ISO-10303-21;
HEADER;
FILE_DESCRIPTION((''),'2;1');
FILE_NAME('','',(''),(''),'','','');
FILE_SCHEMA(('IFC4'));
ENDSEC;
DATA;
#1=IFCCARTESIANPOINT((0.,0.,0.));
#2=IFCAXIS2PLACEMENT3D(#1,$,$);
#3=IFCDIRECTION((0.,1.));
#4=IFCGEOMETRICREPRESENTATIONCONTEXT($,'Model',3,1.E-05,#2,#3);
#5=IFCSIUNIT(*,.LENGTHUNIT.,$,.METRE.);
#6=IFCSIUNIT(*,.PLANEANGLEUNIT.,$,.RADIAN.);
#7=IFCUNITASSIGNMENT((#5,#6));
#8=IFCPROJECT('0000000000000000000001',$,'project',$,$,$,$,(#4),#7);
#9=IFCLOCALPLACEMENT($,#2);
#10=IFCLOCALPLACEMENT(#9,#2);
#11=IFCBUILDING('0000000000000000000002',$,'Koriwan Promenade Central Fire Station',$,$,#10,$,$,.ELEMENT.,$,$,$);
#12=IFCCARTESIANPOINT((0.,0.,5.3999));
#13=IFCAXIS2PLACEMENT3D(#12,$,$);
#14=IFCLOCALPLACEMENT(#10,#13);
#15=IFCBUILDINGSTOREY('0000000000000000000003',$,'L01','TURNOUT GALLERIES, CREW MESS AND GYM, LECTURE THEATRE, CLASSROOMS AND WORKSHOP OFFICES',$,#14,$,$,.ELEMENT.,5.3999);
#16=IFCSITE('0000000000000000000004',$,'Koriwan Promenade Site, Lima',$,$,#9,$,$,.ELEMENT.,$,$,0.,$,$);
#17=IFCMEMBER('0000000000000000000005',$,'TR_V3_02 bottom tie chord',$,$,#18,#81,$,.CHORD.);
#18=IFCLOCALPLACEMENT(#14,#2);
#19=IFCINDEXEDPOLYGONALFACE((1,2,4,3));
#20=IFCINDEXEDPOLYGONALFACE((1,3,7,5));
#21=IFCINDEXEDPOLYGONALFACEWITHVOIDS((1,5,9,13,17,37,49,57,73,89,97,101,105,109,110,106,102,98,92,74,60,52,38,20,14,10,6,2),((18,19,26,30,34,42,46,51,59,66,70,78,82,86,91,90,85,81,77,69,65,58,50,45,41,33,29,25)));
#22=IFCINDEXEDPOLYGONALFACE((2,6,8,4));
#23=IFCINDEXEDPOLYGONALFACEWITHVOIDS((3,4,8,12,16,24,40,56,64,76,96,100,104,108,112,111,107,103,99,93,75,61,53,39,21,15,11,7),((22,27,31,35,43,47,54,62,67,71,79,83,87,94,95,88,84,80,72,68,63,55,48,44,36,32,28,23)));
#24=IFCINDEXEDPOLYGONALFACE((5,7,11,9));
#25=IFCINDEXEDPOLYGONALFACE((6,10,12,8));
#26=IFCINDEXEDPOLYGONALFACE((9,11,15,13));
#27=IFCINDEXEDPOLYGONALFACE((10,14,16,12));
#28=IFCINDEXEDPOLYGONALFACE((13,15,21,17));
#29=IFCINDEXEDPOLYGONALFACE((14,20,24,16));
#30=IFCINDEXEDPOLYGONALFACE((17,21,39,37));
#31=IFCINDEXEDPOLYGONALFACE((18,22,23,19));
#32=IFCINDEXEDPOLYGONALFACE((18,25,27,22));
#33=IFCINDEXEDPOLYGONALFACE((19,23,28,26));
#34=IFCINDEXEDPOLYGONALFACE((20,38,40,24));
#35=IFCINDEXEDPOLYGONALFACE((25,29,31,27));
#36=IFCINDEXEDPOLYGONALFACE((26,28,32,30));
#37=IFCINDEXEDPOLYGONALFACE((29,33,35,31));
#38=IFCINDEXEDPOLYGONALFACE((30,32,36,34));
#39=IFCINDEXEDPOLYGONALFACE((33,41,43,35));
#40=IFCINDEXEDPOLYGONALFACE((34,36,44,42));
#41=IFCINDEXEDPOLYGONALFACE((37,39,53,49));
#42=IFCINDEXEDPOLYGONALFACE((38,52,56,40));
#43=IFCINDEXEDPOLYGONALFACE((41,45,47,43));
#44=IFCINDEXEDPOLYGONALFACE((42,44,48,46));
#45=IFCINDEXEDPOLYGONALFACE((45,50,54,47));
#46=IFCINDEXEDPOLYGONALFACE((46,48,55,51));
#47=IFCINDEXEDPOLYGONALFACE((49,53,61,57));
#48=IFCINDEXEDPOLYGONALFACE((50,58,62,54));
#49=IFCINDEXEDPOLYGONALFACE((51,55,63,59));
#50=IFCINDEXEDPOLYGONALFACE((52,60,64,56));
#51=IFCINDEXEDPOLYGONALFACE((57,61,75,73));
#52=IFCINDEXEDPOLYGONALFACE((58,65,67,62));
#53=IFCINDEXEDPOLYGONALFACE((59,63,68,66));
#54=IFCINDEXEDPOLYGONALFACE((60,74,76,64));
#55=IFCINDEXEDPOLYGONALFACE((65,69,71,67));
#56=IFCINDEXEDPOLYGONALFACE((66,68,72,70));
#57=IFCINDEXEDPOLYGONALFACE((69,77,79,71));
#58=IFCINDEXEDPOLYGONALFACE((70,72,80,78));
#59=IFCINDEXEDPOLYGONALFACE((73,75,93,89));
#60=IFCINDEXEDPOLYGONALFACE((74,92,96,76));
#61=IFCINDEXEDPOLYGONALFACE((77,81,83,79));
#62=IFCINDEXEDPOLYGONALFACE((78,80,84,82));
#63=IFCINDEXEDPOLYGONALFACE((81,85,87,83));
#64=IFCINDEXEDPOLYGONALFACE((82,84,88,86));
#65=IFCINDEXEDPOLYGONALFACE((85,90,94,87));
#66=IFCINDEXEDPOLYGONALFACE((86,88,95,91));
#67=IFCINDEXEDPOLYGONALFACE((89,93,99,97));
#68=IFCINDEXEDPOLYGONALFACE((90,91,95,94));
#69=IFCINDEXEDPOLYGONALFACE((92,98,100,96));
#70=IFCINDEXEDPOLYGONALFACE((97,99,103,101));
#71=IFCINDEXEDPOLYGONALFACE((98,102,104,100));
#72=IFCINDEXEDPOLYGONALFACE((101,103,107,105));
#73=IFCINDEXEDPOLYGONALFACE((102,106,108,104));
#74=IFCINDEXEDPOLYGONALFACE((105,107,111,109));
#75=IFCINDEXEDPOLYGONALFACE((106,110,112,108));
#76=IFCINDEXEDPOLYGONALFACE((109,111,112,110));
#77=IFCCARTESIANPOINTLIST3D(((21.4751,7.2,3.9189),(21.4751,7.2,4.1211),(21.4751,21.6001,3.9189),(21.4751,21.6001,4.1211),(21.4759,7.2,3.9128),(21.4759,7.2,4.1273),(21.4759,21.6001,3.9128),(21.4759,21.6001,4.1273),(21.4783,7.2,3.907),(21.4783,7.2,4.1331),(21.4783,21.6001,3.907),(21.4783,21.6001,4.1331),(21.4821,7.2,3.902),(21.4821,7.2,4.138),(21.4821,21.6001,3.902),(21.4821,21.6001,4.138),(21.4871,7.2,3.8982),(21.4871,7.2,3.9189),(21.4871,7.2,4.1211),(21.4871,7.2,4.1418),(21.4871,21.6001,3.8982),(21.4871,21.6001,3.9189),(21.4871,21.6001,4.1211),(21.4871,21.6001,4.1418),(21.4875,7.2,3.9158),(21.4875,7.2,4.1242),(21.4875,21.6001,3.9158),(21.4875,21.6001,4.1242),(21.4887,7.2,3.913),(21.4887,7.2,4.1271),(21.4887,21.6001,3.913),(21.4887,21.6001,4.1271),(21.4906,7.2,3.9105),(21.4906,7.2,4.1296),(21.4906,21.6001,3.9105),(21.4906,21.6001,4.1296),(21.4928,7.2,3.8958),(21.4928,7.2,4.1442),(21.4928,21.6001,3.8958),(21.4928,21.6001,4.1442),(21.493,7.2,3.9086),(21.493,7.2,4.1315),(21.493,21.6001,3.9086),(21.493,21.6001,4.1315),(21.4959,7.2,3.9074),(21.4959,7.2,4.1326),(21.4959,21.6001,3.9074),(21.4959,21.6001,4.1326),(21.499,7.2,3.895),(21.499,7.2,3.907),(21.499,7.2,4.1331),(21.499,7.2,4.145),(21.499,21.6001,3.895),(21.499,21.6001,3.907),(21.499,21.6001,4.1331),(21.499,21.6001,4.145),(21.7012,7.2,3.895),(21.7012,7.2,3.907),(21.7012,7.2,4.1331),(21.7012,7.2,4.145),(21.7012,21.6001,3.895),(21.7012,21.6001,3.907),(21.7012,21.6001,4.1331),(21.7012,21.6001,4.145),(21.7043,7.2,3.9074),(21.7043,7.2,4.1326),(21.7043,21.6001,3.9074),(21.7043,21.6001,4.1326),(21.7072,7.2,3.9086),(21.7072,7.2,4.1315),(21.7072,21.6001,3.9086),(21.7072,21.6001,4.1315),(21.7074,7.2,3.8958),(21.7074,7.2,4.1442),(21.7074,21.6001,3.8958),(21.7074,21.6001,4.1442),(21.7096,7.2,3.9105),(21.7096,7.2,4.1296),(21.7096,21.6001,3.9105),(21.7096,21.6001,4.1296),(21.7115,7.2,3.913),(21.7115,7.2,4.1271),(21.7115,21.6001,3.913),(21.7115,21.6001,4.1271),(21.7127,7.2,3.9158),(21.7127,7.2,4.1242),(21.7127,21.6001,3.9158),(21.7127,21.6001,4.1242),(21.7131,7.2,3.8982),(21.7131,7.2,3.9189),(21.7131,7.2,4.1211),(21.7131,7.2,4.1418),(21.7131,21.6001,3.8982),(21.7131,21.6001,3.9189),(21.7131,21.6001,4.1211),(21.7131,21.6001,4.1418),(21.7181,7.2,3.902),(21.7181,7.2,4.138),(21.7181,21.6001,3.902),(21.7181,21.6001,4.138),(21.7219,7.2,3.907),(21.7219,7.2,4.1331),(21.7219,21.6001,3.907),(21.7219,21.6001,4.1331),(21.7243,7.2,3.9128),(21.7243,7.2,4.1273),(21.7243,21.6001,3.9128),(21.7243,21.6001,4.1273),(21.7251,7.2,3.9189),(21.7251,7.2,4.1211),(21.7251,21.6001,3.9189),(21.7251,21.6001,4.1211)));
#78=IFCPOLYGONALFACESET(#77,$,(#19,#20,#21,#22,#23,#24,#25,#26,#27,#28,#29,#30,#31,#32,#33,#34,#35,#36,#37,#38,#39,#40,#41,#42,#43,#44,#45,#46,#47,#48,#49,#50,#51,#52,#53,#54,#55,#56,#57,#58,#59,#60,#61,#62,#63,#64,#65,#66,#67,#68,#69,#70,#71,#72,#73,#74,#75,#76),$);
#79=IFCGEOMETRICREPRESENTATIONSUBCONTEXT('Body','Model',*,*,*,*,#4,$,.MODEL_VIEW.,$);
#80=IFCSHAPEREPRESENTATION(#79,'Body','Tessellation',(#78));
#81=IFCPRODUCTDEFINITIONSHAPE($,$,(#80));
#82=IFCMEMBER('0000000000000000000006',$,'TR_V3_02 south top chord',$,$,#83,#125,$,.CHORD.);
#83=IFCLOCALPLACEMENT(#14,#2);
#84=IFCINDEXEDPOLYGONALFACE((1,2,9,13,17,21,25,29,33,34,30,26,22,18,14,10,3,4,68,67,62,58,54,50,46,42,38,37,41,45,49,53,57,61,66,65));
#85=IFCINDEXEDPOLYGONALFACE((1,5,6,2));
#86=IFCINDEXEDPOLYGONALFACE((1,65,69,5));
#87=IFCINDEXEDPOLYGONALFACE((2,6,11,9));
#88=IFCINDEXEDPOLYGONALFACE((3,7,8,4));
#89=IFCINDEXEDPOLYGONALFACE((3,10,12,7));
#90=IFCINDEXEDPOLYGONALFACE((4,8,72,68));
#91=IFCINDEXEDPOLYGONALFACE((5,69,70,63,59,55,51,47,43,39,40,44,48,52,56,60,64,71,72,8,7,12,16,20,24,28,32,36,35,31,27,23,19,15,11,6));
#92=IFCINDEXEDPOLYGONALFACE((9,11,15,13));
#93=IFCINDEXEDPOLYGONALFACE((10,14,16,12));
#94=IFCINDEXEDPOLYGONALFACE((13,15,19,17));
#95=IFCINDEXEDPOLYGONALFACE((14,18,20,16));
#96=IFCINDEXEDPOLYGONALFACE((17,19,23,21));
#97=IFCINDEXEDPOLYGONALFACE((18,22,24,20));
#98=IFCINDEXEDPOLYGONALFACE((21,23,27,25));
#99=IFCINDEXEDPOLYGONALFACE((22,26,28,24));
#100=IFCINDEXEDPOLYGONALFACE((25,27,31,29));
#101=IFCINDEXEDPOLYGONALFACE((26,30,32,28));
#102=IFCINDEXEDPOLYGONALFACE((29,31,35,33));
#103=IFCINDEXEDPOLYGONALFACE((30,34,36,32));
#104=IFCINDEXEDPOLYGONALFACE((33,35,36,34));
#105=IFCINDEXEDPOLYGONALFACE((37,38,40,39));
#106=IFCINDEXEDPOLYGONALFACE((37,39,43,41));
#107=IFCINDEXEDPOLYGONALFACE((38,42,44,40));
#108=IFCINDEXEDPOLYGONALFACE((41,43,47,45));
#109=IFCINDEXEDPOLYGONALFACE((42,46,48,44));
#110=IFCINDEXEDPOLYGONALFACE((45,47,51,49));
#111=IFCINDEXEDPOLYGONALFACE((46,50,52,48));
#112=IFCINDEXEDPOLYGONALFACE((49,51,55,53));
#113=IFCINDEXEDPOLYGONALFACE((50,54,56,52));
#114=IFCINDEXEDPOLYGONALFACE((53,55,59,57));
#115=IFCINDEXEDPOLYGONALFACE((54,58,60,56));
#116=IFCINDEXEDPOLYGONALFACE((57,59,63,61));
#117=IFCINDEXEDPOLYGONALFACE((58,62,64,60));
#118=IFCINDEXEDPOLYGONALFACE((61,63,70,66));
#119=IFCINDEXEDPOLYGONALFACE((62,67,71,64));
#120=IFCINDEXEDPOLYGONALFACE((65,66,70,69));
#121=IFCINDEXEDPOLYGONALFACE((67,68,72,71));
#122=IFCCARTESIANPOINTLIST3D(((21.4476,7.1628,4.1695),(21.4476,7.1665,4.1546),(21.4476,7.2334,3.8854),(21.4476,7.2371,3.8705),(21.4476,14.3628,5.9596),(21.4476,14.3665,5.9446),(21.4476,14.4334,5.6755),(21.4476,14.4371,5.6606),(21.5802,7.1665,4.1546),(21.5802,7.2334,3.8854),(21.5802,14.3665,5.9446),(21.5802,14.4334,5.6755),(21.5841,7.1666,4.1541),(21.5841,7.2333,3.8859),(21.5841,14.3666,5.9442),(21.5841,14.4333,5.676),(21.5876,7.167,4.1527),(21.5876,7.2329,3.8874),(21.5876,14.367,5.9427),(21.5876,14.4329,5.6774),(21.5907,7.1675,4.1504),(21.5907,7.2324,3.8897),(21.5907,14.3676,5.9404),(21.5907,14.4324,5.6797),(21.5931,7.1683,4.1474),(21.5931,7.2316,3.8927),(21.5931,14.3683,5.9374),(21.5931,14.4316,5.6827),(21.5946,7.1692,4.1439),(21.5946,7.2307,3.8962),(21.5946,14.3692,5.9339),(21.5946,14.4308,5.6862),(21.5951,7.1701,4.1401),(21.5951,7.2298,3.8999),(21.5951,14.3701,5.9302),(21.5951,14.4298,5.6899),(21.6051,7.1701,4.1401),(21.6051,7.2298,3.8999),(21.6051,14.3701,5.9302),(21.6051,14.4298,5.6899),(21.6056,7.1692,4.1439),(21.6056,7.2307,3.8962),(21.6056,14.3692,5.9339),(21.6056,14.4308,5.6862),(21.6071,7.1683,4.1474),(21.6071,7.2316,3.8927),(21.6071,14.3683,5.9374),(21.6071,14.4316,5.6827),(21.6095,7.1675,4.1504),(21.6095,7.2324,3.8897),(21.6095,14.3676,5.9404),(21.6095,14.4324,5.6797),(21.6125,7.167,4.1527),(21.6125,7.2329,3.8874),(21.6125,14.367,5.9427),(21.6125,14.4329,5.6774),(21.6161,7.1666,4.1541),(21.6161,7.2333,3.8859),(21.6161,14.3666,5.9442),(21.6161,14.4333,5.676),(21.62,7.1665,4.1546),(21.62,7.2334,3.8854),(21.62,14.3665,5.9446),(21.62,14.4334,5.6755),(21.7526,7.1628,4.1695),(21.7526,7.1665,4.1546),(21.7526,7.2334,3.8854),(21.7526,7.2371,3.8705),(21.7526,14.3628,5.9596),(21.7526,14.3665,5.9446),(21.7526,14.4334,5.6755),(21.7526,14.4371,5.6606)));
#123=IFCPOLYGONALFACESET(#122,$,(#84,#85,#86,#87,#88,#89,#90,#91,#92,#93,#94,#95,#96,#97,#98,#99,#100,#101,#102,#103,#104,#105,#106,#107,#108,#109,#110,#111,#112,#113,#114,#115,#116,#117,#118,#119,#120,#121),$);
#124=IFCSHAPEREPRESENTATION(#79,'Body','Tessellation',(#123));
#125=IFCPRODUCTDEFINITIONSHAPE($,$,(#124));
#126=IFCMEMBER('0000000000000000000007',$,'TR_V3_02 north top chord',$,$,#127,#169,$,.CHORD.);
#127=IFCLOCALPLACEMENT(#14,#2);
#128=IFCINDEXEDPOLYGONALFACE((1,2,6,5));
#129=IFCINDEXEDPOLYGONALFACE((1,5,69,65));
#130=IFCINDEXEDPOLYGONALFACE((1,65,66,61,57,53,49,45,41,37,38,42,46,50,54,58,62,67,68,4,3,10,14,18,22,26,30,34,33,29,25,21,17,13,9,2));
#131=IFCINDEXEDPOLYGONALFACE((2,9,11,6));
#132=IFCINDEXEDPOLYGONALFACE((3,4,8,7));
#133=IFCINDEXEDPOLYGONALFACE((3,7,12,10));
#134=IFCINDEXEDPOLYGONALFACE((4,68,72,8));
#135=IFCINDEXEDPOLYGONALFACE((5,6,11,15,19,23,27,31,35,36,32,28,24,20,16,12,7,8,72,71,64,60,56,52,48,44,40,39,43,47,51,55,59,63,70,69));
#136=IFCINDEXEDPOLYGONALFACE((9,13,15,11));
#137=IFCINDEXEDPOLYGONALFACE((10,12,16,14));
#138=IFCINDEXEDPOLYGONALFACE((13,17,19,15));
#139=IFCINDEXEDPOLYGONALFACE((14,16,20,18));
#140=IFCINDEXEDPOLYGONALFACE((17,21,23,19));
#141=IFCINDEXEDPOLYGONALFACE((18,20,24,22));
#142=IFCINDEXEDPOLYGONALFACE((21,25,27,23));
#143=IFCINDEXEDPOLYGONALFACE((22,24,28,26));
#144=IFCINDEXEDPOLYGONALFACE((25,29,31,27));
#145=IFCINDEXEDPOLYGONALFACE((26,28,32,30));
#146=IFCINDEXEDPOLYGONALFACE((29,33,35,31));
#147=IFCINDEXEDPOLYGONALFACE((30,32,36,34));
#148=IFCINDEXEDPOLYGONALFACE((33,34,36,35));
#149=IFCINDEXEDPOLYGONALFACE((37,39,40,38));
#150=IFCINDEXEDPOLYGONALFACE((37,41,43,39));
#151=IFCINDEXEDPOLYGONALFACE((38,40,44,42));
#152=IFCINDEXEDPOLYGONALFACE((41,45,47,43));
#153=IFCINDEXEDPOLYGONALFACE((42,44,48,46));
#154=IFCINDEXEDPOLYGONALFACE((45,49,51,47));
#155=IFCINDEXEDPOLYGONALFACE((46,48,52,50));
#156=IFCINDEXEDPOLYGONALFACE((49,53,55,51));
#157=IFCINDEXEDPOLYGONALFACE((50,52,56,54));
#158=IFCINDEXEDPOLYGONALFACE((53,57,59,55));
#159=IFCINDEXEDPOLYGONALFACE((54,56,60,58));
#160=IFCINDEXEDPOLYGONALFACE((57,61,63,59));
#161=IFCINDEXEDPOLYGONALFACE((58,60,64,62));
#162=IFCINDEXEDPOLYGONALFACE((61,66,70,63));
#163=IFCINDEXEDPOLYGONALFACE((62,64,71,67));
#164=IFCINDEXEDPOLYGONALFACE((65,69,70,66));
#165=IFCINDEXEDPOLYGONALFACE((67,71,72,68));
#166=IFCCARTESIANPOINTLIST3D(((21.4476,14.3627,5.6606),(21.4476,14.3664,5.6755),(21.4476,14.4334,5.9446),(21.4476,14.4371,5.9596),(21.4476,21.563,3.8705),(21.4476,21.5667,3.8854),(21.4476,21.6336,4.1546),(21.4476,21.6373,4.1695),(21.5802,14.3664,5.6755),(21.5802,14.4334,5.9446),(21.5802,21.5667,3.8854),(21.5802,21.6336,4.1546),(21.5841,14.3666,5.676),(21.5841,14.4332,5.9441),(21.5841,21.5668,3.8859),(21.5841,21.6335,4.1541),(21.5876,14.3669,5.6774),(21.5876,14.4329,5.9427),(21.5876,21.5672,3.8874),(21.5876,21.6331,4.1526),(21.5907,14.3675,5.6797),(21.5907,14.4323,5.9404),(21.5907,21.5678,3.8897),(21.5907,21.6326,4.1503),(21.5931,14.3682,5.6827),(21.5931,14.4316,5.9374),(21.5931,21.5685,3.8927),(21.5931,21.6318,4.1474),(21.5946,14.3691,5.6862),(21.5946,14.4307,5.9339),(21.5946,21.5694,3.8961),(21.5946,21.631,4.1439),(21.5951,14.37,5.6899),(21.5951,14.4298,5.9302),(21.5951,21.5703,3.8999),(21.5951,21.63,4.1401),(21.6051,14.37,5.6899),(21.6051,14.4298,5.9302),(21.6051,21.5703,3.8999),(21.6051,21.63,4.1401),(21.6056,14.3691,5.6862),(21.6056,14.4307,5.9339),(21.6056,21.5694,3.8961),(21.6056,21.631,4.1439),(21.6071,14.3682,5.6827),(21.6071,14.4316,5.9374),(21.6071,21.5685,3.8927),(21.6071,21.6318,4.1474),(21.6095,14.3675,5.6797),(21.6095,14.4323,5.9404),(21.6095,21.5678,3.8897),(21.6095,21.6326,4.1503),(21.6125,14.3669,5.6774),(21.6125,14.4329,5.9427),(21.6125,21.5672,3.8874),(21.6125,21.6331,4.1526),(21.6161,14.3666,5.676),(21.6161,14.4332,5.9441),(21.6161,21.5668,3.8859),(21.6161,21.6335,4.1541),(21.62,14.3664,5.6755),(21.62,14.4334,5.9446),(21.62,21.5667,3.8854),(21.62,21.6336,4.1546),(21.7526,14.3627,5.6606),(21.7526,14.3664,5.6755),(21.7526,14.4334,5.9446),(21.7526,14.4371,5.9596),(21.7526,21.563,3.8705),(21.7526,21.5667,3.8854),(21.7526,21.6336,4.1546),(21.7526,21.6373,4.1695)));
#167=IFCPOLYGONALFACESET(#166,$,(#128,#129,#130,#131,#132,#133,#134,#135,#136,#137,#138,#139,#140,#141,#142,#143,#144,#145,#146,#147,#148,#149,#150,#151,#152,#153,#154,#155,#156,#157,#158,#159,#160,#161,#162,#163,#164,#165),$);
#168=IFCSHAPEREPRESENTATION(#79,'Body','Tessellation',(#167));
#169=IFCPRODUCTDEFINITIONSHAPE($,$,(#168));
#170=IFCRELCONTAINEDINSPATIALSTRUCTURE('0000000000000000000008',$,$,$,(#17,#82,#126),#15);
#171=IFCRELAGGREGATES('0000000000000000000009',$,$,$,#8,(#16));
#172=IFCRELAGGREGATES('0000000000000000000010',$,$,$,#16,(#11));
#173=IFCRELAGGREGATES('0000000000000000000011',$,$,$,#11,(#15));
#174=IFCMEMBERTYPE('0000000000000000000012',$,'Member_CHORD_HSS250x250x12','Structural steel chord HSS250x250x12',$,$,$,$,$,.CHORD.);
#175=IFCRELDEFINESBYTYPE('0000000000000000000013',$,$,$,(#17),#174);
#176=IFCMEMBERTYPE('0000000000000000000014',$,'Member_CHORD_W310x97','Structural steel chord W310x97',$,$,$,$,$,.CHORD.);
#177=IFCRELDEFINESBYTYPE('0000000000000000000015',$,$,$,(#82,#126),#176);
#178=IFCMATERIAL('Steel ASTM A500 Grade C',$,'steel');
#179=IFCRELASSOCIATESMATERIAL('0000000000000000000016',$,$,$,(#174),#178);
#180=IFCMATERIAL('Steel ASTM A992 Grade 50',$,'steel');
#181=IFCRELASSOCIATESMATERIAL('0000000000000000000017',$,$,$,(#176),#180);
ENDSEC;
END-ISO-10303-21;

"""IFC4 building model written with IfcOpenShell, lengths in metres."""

from ifc_helpers import new_model, si_unit, direction, frame, origin, origin_2d, place, context, subcontext, project, spatial, hollow_rectangle, i_section, extrude, material, material_profile, profile_set, type_object, element, save


model = new_model("IFC4")

# Units and contexts
model_context = context("Model", 3, precision=1e-05, world=origin(), true_north=direction((0.0, 1.0)))
body_context = subcontext(model_context, "Body", "Model", "MODEL_VIEW")
ifc_project = project(units=[si_unit("LENGTHUNIT", "METRE"), si_unit("PLANEANGLEUNIT", "RADIAN")], contexts=[model_context])

# Site, building, storey
site_placement = place(None, origin())
site = spatial("IfcSite", under=ifc_project, at=site_placement, Name="Koriwan Promenade Site, Lima", CompositionType="ELEMENT", RefElevation=0.0)
building_placement = place(site_placement, origin())
building = spatial("IfcBuilding", under=site, at=building_placement, Name="Koriwan Promenade Central Fire Station", CompositionType="ELEMENT")
storey_placement = place(building_placement, frame((0.0, 0.0, 5.3999)))
storey = spatial("IfcBuildingStorey", under=building, at=storey_placement, Name="L01", Description="TURNOUT GALLERIES, CREW MESS AND GYM, LECTURE THEATRE, CLASSROOMS AND WORKSHOP OFFICES", CompositionType="ELEMENT", Elevation=5.3999)

# Members
ifc_material_1 = material(Name="Steel ASTM A500 Grade C", Category="steel")
ifc_material_profile_1 = material_profile(ifc_material_1, hollow_rectangle(XDim=0.25, YDim=0.25, WallThickness=0.012, InnerFilletRadius=0.012, OuterFilletRadius=0.0239, at=origin_2d()), Name="HSS250x250x12")
ifc_profile_set_1 = profile_set([ifc_material_profile_1], Name="Steel ASTM A500 Grade C")
member_type_1 = type_object("IfcMemberType", Name="Member_CHORD_HSS250x250x12", Description="Structural steel chord HSS250x250x12", PredefinedType="CHORD", material=ifc_profile_set_1)
member_1_placement = place(storey_placement, frame((21.6001, 7.2, 4.02), z_axis=(0.0, 1.0, 0.0), x_axis=(-1.0, 0.0, 0.0)))
element("IfcMember", 1, at=member_1_placement, inside=storey, type_object=member_type_1, Name="TR_V3_02 bottom tie chord", PredefinedType="CHORD", context=body_context, shape_type="SweptSolid", body=[
    extrude(hollow_rectangle(XDim=0.25, YDim=0.25, WallThickness=0.012, InnerFilletRadius=0.012, OuterFilletRadius=0.0239, at=origin_2d()), origin(), (0.0, 0.0, 1.0), 14.4001),
])
ifc_material_2 = material(Name="Steel ASTM A992 Grade 50", Category="steel")
ifc_material_profile_2 = material_profile(ifc_material_2, i_section(OverallWidth=0.3049, OverallDepth=0.3081, WebThickness=0.01, FlangeThickness=0.0154, FilletRadius=0.0149, at=origin_2d()), Name="W310x97")
ifc_profile_set_2 = profile_set([ifc_material_profile_2], Name="Steel ASTM A992 Grade 50")
member_type_2 = type_object("IfcMemberType", Name="Member_CHORD_W310x97", Description="Structural steel chord W310x97", PredefinedType="CHORD", material=ifc_profile_set_2)
member_2_placement = place(storey_placement, frame((21.6001, 7.2, 4.02), z_axis=(0.0, 0.970457, 0.241273), x_axis=(-1.0, 0.0, 0.0)))
element("IfcMember", 2, at=member_2_placement, inside=storey, type_object=member_type_2, Name="TR_V3_02 south top chord", PredefinedType="CHORD", context=body_context, shape_type="SweptSolid", body=[
    extrude(i_section(OverallWidth=0.3049, OverallDepth=0.3081, WebThickness=0.01, FlangeThickness=0.0154, FilletRadius=0.0149, at=origin_2d()), origin(), (0.0, 0.0, 1.0), 7.4192),
])
member_3_placement = place(storey_placement, frame((21.6001, 14.3999, 5.8101), z_axis=(0.0, 0.970459, -0.241266), x_axis=(-1.0, 0.0, 0.0)))
element("IfcMember", 3, at=member_3_placement, inside=storey, type_object=member_type_2, Name="TR_V3_02 north top chord", PredefinedType="CHORD", context=body_context, shape_type="SweptSolid", body=[
    extrude(i_section(OverallWidth=0.3049, OverallDepth=0.3081, WebThickness=0.01, FlangeThickness=0.0154, FilletRadius=0.0149, at=origin_2d()), origin(), (0.0, 0.0, 1.0), 7.4194),
])

save(model, "model.ifc")
